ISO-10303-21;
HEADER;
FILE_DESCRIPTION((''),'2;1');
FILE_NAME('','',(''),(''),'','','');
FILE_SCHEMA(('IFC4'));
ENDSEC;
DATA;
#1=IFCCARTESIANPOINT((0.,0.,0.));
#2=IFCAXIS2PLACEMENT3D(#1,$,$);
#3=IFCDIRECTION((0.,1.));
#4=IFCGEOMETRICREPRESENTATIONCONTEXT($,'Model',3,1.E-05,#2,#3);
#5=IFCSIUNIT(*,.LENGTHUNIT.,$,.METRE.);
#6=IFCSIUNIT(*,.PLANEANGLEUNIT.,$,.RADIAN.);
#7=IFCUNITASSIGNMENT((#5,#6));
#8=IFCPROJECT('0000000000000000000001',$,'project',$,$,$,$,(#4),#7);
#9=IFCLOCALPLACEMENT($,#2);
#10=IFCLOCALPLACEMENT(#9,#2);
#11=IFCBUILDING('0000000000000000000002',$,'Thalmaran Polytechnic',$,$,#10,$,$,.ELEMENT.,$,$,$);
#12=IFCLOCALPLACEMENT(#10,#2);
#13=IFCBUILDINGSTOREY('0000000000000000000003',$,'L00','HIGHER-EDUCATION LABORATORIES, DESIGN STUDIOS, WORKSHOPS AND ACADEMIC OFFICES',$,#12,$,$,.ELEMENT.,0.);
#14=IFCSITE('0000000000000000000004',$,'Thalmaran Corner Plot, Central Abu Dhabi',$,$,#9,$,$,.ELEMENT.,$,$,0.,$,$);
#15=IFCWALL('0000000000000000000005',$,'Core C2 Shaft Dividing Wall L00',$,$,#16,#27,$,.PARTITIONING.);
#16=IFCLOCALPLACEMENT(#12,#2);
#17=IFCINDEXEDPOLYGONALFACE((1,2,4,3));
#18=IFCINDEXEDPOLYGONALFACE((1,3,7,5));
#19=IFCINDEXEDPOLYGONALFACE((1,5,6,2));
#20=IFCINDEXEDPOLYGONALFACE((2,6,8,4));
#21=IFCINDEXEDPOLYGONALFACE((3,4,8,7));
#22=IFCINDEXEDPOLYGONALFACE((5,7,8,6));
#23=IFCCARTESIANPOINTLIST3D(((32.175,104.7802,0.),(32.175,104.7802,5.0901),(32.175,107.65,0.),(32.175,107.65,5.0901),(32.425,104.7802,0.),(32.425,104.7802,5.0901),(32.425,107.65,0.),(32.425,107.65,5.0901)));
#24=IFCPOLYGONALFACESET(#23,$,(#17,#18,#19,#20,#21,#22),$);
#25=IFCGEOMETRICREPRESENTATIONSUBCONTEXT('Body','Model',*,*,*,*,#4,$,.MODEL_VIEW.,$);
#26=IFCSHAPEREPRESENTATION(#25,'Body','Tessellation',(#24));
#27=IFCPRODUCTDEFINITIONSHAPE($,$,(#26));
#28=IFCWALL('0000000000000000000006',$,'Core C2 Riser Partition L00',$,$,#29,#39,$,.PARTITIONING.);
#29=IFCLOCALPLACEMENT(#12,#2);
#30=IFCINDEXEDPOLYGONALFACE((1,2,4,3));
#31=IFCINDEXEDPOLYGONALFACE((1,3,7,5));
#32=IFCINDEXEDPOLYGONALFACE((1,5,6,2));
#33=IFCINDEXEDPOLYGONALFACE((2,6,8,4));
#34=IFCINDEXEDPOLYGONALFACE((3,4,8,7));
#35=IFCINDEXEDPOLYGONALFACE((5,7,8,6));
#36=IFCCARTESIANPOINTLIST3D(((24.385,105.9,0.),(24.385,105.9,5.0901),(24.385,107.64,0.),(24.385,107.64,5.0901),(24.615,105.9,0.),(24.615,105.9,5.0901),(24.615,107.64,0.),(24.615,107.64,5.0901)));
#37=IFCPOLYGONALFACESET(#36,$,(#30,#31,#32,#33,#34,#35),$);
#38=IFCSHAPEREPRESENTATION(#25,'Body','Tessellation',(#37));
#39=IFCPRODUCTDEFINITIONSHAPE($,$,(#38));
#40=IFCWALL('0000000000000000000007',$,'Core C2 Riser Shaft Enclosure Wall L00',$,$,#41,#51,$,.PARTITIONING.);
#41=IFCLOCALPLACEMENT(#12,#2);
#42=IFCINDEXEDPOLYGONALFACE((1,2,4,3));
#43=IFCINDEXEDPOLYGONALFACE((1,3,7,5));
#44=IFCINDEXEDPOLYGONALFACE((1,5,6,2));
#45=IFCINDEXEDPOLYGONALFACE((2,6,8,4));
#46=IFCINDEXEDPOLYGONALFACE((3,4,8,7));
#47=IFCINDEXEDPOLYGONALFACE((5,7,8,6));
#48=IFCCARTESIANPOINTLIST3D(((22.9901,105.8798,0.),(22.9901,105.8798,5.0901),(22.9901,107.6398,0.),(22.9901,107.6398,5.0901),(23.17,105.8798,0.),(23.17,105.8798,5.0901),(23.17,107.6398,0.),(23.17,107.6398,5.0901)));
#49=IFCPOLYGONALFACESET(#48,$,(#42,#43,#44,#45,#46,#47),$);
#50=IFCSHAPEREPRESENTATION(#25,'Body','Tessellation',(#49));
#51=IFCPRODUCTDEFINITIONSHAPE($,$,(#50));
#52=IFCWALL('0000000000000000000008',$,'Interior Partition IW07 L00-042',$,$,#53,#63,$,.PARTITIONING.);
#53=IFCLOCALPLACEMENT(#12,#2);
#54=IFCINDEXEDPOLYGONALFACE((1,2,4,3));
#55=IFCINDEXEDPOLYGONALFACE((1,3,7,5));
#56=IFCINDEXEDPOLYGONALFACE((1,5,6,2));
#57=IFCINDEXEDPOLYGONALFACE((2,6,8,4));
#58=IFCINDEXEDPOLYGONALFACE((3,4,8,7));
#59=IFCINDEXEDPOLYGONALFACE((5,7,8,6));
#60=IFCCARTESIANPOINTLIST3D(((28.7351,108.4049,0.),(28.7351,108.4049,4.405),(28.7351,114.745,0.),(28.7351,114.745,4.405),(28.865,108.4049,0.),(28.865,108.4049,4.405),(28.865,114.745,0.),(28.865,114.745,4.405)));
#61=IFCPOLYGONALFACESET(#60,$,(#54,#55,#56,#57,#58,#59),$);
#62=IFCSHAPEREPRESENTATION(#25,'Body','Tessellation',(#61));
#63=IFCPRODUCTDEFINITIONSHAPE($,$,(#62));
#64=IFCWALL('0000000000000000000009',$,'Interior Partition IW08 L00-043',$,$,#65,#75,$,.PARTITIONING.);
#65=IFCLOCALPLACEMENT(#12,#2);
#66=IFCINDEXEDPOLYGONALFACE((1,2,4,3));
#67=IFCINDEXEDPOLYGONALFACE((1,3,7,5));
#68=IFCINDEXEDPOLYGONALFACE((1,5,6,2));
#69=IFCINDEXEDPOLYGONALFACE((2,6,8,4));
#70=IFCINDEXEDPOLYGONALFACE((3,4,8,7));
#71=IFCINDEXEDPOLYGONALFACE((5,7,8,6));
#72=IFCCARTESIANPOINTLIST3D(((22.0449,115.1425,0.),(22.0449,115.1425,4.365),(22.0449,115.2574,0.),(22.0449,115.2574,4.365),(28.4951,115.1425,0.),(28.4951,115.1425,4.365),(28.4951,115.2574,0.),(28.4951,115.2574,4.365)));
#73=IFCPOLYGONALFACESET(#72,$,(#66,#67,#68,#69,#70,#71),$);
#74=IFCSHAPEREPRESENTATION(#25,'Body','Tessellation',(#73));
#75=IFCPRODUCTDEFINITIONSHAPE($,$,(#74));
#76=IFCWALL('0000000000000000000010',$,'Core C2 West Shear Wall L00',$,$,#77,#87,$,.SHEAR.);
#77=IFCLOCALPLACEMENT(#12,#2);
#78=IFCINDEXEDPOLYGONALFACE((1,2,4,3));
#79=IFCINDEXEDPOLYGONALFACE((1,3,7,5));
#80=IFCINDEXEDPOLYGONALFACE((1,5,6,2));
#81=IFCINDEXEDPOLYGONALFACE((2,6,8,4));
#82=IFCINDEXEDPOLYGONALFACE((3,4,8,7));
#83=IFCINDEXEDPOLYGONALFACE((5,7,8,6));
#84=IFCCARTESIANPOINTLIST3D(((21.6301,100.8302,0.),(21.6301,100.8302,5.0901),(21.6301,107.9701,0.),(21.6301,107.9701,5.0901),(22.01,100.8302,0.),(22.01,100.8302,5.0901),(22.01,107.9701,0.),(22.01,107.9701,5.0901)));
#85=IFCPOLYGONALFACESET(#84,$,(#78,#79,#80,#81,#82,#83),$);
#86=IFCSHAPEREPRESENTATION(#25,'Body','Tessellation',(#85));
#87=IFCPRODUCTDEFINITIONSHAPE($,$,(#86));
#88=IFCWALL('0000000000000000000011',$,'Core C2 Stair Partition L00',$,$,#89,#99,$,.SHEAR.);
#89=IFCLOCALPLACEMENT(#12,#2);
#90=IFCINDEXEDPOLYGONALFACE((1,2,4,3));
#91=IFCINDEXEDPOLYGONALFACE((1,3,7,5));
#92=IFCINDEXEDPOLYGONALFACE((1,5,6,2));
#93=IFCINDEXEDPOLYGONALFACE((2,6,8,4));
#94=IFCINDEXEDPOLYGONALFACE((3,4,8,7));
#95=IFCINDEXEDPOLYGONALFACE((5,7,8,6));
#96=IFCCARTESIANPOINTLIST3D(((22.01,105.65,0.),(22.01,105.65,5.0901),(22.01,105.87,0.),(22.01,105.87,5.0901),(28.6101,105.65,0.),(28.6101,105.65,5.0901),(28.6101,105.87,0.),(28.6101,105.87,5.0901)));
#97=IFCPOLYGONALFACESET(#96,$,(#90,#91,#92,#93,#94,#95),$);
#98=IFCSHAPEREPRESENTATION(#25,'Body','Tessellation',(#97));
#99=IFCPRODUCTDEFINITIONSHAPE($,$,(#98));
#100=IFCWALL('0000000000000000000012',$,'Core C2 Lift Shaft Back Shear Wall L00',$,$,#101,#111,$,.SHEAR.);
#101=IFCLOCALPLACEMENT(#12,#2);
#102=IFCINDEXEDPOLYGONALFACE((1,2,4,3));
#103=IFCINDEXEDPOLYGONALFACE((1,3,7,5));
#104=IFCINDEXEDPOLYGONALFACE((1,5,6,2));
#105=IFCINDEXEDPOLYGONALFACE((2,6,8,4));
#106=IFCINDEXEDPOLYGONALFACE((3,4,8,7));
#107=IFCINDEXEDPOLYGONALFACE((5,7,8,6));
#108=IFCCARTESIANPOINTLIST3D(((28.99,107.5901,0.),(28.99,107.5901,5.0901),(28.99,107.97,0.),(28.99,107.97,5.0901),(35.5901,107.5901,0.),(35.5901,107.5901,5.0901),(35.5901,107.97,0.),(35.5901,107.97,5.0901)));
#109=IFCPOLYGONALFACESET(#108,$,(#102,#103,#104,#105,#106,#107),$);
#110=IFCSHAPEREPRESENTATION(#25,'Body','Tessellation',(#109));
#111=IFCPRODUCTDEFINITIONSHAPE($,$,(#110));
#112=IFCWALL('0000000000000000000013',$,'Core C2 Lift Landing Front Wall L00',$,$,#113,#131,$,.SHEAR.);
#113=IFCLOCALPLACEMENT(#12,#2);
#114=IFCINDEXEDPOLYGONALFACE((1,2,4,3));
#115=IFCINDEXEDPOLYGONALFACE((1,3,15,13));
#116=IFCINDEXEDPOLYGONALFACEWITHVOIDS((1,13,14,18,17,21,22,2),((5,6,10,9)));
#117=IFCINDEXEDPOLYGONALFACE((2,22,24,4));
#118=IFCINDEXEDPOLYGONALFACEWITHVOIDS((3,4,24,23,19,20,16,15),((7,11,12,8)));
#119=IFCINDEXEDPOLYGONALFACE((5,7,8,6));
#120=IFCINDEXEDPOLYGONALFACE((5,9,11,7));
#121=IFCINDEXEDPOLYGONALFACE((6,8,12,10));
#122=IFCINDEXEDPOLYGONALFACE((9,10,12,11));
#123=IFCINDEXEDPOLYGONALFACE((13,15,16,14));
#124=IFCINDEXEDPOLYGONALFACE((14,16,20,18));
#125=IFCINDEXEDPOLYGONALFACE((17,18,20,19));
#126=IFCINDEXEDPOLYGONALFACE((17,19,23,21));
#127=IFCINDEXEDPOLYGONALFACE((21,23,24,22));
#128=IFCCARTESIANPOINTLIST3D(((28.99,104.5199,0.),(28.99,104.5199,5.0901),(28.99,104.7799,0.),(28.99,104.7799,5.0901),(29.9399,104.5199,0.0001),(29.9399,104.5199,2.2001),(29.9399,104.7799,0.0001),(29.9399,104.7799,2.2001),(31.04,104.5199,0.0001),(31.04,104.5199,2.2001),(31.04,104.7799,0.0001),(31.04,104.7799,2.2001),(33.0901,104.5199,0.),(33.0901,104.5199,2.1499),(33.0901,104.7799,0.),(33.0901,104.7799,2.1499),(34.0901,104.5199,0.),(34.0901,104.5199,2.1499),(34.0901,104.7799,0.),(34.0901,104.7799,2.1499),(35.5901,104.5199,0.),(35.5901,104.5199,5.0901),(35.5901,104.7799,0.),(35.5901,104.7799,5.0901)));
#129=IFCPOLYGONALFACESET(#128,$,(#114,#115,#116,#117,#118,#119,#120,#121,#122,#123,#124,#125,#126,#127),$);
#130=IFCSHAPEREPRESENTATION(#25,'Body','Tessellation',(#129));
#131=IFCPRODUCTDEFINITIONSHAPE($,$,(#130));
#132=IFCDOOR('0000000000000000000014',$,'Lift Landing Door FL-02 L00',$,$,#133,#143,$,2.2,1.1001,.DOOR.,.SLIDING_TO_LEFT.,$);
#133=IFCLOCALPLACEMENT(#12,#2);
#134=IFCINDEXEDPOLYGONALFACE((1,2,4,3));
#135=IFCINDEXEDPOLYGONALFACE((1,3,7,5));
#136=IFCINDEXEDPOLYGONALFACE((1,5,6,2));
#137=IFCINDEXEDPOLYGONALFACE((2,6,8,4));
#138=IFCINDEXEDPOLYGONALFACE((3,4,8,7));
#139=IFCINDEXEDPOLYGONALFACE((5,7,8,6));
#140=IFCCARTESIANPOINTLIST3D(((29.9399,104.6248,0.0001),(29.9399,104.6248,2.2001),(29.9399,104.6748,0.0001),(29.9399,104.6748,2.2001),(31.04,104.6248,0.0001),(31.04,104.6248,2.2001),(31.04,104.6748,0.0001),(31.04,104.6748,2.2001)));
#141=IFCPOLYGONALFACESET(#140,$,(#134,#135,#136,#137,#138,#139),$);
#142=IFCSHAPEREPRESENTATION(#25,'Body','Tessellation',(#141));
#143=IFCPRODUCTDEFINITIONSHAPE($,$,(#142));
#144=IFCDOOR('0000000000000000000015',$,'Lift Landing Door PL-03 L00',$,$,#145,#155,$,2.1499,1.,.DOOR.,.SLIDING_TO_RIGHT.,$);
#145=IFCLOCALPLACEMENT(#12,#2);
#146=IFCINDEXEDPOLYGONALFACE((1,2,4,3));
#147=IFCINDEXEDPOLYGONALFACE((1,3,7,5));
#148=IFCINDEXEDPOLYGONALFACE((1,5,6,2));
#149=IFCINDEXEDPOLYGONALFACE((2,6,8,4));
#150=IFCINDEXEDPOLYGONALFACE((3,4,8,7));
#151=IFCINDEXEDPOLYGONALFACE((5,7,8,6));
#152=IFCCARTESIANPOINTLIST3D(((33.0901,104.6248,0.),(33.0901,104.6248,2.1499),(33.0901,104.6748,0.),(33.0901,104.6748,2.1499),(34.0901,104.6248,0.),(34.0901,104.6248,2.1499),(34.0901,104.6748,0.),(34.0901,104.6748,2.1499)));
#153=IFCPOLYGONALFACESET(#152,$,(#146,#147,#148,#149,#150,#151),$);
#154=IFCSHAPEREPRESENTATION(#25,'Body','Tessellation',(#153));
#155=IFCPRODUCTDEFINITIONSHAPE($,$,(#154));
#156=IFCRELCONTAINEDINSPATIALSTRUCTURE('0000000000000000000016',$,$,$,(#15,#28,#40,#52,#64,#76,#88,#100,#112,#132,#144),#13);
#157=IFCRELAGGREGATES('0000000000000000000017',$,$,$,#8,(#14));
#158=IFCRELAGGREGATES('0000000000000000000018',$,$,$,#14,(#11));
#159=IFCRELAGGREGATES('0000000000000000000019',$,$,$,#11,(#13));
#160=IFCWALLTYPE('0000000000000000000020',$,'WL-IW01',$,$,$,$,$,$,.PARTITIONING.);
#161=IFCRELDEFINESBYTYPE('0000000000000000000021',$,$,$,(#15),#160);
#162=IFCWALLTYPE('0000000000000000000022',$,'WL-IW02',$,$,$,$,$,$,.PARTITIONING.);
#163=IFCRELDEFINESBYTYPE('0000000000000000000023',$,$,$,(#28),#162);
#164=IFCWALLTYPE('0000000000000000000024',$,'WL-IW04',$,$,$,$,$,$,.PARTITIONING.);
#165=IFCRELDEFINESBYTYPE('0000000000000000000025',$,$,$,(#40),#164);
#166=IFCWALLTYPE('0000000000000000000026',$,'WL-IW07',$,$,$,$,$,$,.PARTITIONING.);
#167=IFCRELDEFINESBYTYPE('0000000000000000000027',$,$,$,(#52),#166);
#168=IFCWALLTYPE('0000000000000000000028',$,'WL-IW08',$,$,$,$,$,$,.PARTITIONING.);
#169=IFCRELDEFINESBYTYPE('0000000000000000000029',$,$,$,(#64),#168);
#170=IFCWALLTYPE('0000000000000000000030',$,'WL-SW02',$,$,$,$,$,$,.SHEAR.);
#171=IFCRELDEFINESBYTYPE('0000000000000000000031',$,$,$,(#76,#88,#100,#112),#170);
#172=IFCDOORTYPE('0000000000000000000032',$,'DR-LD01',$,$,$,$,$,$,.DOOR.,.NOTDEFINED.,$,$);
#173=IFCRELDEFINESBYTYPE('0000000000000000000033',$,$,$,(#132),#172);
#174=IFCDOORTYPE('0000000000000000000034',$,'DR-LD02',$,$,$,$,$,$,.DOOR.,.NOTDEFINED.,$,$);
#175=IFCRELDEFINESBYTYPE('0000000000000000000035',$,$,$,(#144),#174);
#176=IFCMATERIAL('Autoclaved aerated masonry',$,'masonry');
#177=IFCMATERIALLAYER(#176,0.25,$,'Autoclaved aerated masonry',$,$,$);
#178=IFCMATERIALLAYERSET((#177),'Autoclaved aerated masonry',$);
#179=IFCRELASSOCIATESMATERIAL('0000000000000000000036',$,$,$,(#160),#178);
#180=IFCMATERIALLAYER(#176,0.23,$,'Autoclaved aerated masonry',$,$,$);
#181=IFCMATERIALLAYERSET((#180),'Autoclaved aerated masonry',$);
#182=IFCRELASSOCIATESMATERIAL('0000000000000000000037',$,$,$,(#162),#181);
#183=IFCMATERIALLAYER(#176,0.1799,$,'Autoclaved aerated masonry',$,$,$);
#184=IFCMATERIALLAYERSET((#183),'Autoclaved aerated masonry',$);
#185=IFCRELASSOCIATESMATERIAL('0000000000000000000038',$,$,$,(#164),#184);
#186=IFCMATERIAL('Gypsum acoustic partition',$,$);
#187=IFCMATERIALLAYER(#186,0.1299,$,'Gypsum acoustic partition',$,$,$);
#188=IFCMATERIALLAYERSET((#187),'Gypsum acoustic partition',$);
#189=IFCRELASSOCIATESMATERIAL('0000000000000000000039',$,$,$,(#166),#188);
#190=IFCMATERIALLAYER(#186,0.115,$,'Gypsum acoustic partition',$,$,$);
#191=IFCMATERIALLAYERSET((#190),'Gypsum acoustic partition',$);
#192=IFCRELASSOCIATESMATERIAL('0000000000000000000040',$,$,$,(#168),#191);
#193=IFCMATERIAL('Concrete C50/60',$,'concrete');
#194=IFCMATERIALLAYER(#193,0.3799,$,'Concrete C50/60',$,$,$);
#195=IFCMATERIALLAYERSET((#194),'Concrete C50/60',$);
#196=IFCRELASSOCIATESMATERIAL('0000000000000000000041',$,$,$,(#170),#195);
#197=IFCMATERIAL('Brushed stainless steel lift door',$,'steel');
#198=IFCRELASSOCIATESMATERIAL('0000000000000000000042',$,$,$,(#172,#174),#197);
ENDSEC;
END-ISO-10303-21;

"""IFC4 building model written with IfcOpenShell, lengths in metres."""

from ifc_helpers import new_model, si_unit, direction, frame, frame_2d, origin, place, context, subcontext, project, spatial, rectangle, extrude, material, layer, layer_set, type_object, element, fill, save


model = new_model("IFC4")

# Units and contexts
model_context = context("Model", 3, precision=1e-05, world=origin(), true_north=direction((0.0, 1.0)))
body_context = subcontext(model_context, "Body", "Model", "MODEL_VIEW")
ifc_project = project(units=[si_unit("LENGTHUNIT", "METRE"), si_unit("PLANEANGLEUNIT", "RADIAN")], contexts=[model_context])

# Site, building, storey
site_placement = place(None, origin())
site = spatial("IfcSite", under=ifc_project, at=site_placement, Name="Thalmaran Corner Plot, Central Abu Dhabi", CompositionType="ELEMENT", RefElevation=0.0)
building_placement = place(site_placement, origin())
building = spatial("IfcBuilding", under=site, at=building_placement, Name="Thalmaran Polytechnic", CompositionType="ELEMENT")
storey_placement = place(building_placement, origin())
storey = spatial("IfcBuildingStorey", under=building, at=storey_placement, Name="L00", Description="HIGHER-EDUCATION LABORATORIES, DESIGN STUDIOS, WORKSHOPS AND ACADEMIC OFFICES", CompositionType="ELEMENT", Elevation=0.0)

# Shared definitions
ifc_material_1 = material(Name="Concrete C50/60", Category="concrete")

# Walls
ifc_material_2 = material(Name="Autoclaved aerated masonry", Category="masonry")
ifc_layer_1 = layer(ifc_material_2, 0.25, Name="Autoclaved aerated masonry")
ifc_layer_set_1 = layer_set([ifc_layer_1], Name="Autoclaved aerated masonry")
wall_type_1 = type_object("IfcWallType", Name="WL-IW01", PredefinedType="PARTITIONING", material=ifc_layer_set_1)
wall_1_placement = place(storey_placement, frame((32.3, 104.78, 0.0), z_axis=(0.0, 0.0, 1.0), x_axis=(0.0, 1.0, 0.0)))
element("IfcWall", 1, at=wall_1_placement, inside=storey, type_object=wall_type_1, Name="Core C2 Shaft Dividing Wall L00", PredefinedType="PARTITIONING", context=body_context, shape_type="SweptSolid", body=[
    extrude(rectangle(XDim=2.8699, YDim=0.25, at=frame_2d((1.4351, 0.0))), origin(), (0.0, 0.0, 1.0), 5.0901),
])
ifc_layer_2 = layer(ifc_material_2, 0.23, Name="Autoclaved aerated masonry")
ifc_layer_set_2 = layer_set([ifc_layer_2], Name="Autoclaved aerated masonry")
wall_type_2 = type_object("IfcWallType", Name="WL-IW02", PredefinedType="PARTITIONING", material=ifc_layer_set_2)
wall_2_placement = place(storey_placement, frame((24.5, 105.8999, 0.0), z_axis=(0.0, 0.0, 1.0), x_axis=(0.0, 1.0, 0.0)))
element("IfcWall", 2, at=wall_2_placement, inside=storey, type_object=wall_type_2, Name="Core C2 Riser Partition L00", PredefinedType="PARTITIONING", context=body_context, shape_type="SweptSolid", body=[
    extrude(rectangle(XDim=1.74, YDim=0.23, at=frame_2d((0.8701, 0.0))), origin(), (0.0, 0.0, 1.0), 5.0901),
])
ifc_layer_3 = layer(ifc_material_2, 0.1799, Name="Autoclaved aerated masonry")
ifc_layer_set_3 = layer_set([ifc_layer_3], Name="Autoclaved aerated masonry")
wall_type_3 = type_object("IfcWallType", Name="WL-IW04", PredefinedType="PARTITIONING", material=ifc_layer_set_3)
wall_3_placement = place(storey_placement, frame((23.0801, 105.8799, 0.0), z_axis=(0.0, 0.0, 1.0), x_axis=(0.0, 1.0, 0.0)))
element("IfcWall", 3, at=wall_3_placement, inside=storey, type_object=wall_type_3, Name="Core C2 Riser Shaft Enclosure Wall L00", PredefinedType="PARTITIONING", context=body_context, shape_type="SweptSolid", body=[
    extrude(rectangle(XDim=1.76, YDim=0.1799, at=frame_2d((0.8799, 0.0))), origin(), (0.0, 0.0, 1.0), 5.0901),
])
ifc_material_3 = material(Name="Gypsum acoustic partition")
ifc_layer_4 = layer(ifc_material_3, 0.1299, Name="Gypsum acoustic partition")
ifc_layer_set_4 = layer_set([ifc_layer_4], Name="Gypsum acoustic partition")
wall_type_4 = type_object("IfcWallType", Name="WL-IW07", PredefinedType="PARTITIONING", material=ifc_layer_set_4)
wall_4_placement = place(storey_placement, frame((28.8, 108.405, 0.0), z_axis=(0.0, 0.0, 1.0), x_axis=(0.0, 1.0, 0.0)))
element("IfcWall", 4, at=wall_4_placement, inside=storey, type_object=wall_type_4, Name="Interior Partition IW07 L00-042", PredefinedType="PARTITIONING", context=body_context, shape_type="SweptSolid", body=[
    extrude(rectangle(XDim=6.3401, YDim=0.1299, at=frame_2d((3.1699, 0.0))), origin(), (0.0, 0.0, 1.0), 4.405),
])
ifc_layer_5 = layer(ifc_material_3, 0.115, Name="Gypsum acoustic partition")
ifc_layer_set_5 = layer_set([ifc_layer_5], Name="Gypsum acoustic partition")
wall_type_5 = type_object("IfcWallType", Name="WL-IW08", PredefinedType="PARTITIONING", material=ifc_layer_set_5)
wall_5_placement = place(storey_placement, frame((22.0449, 115.2, 0.0), z_axis=(0.0, 0.0, 1.0), x_axis=(1.0, 0.0, 0.0)))
element("IfcWall", 5, at=wall_5_placement, inside=storey, type_object=wall_type_5, Name="Interior Partition IW08 L00-043", PredefinedType="PARTITIONING", context=body_context, shape_type="SweptSolid", body=[
    extrude(rectangle(XDim=6.4502, YDim=0.115, at=frame_2d((3.2251, 0.0))), origin(), (0.0, 0.0, 1.0), 4.365),
])
ifc_layer_6 = layer(ifc_material_1, 0.3799, Name="Concrete C50/60")
ifc_layer_set_6 = layer_set([ifc_layer_6], Name="Concrete C50/60")
wall_type_6 = type_object("IfcWallType", Name="WL-SW02", PredefinedType="SHEAR", material=ifc_layer_set_6)
wall_6_placement = place(storey_placement, frame((21.8201, 107.97, 0.0), z_axis=(0.0, 0.0, 1.0), x_axis=(0.0, -1.0, 0.0)))
element("IfcWall", 6, at=wall_6_placement, inside=storey, type_object=wall_type_6, Name="Core C2 West Shear Wall L00", PredefinedType="SHEAR", context=body_context, shape_type="SweptSolid", body=[
    extrude(rectangle(XDim=7.1399, YDim=0.3799, at=frame_2d((3.5698, 0.0))), origin(), (0.0, 0.0, 1.0), 5.0901),
])

# Walls
wall_7_placement = place(storey_placement, frame((22.01, 105.76, 0.0), z_axis=(0.0, 0.0, 1.0), x_axis=(1.0, 0.0, 0.0)))
element("IfcWall", 7, at=wall_7_placement, inside=storey, type_object=wall_type_6, Name="Core C2 Stair Partition L00", PredefinedType="SHEAR", context=body_context, shape_type="SweptSolid", body=[
    extrude(rectangle(XDim=6.6001, YDim=0.22, at=frame_2d((3.3, 0.0))), origin(), (0.0, 0.0, 1.0), 5.0901),
])
wall_8_placement = place(storey_placement, frame((28.99, 107.78, 0.0), z_axis=(0.0, 0.0, 1.0), x_axis=(1.0, 0.0, 0.0)))
element("IfcWall", 8, at=wall_8_placement, inside=storey, type_object=wall_type_6, Name="Core C2 Lift Shaft Back Shear Wall L00", PredefinedType="SHEAR", context=body_context, shape_type="SweptSolid", body=[
    extrude(rectangle(XDim=6.6001, YDim=0.3799, at=frame_2d((3.3, 0.0))), origin(), (0.0, 0.0, 1.0), 5.0901),
])

# Wall, openings, doors
wall_9_placement = place(storey_placement, frame((28.99, 104.6499, 0.0), z_axis=(0.0, 0.0, 1.0), x_axis=(1.0, 0.0, 0.0)))
wall_9 = element("IfcWall", 9, at=wall_9_placement, inside=storey, type_object=wall_type_6, Name="Core C2 Lift Landing Front Wall L00", PredefinedType="SHEAR", context=body_context, shape_type="SweptSolid", body=[
    extrude(rectangle(XDim=6.6001, YDim=0.26, at=frame_2d((3.3, 0.0))), origin(), (0.0, 0.0, 1.0), 5.0901),
])
opening_1_placement = place(wall_9_placement, frame((0.95, 0.0, 0.0)))
opening_1 = element("IfcOpeningElement", 10, at=opening_1_placement, cuts=wall_9, PredefinedType="OPENING", context=body_context, shape_type="SweptSolid", body=[
    extrude(rectangle(XDim=1.1001, YDim=2.2, at=frame_2d((0.55, 1.1001))), frame((0.0, 0.1399, 0.0), z_axis=(0.0, -1.0, 0.0), x_axis=(1.0, 0.0, 0.0)), (0.0, 0.0, 1.0), 0.28),
])
opening_2_placement = place(wall_9_placement, frame((4.1001, 0.0, 0.0)))
opening_2 = element("IfcOpeningElement", 11, at=opening_2_placement, cuts=wall_9, PredefinedType="OPENING", context=body_context, shape_type="SweptSolid", body=[
    extrude(rectangle(XDim=1.0, YDim=2.1499, at=frame_2d((0.5, 1.075))), frame((0.0, 0.1399, 0.0), z_axis=(0.0, -1.0, 0.0), x_axis=(1.0, 0.0, 0.0)), (0.0, 0.0, 1.0), 0.28),
])
ifc_material_4 = material(Name="Brushed stainless steel lift door", Category="steel")
door_type_1 = type_object("IfcDoorType", Name="DR-LD01", OperationType="NOTDEFINED", PredefinedType="DOOR", material=ifc_material_4)
door_1_placement = place(opening_1_placement, origin())
door_1 = element("IfcDoor", 12, at=door_1_placement, inside=storey, type_object=door_type_1, Name="Lift Landing Door FL-02 L00", OperationType="SLIDING_TO_LEFT", OverallHeight=2.2, OverallWidth=1.1001, PredefinedType="DOOR", context=body_context, shape_type="SweptSolid", body=[
    extrude(rectangle(XDim=1.1001, YDim=2.2, at=frame_2d((0.55, 1.1001))), frame((0.0, 0.0249, 0.0), z_axis=(0.0, -1.0, 0.0), x_axis=(1.0, 0.0, 0.0)), (0.0, 0.0, 1.0), 0.05),
])
fill(opening_1, door_1)
door_type_2 = type_object("IfcDoorType", Name="DR-LD02", OperationType="NOTDEFINED", PredefinedType="DOOR", material=ifc_material_4)
door_2_placement = place(opening_2_placement, origin())
door_2 = element("IfcDoor", 13, at=door_2_placement, inside=storey, type_object=door_type_2, Name="Lift Landing Door PL-03 L00", OperationType="SLIDING_TO_RIGHT", OverallHeight=2.1499, OverallWidth=1.0, PredefinedType="DOOR", context=body_context, shape_type="SweptSolid", body=[
    extrude(rectangle(XDim=1.0, YDim=2.1499, at=frame_2d((0.5, 1.075))), frame((0.0, 0.0249, 0.0), z_axis=(0.0, -1.0, 0.0), x_axis=(1.0, 0.0, 0.0)), (0.0, 0.0, 1.0), 0.05),
])
fill(opening_2, door_2)

save(model, "model.ifc")
